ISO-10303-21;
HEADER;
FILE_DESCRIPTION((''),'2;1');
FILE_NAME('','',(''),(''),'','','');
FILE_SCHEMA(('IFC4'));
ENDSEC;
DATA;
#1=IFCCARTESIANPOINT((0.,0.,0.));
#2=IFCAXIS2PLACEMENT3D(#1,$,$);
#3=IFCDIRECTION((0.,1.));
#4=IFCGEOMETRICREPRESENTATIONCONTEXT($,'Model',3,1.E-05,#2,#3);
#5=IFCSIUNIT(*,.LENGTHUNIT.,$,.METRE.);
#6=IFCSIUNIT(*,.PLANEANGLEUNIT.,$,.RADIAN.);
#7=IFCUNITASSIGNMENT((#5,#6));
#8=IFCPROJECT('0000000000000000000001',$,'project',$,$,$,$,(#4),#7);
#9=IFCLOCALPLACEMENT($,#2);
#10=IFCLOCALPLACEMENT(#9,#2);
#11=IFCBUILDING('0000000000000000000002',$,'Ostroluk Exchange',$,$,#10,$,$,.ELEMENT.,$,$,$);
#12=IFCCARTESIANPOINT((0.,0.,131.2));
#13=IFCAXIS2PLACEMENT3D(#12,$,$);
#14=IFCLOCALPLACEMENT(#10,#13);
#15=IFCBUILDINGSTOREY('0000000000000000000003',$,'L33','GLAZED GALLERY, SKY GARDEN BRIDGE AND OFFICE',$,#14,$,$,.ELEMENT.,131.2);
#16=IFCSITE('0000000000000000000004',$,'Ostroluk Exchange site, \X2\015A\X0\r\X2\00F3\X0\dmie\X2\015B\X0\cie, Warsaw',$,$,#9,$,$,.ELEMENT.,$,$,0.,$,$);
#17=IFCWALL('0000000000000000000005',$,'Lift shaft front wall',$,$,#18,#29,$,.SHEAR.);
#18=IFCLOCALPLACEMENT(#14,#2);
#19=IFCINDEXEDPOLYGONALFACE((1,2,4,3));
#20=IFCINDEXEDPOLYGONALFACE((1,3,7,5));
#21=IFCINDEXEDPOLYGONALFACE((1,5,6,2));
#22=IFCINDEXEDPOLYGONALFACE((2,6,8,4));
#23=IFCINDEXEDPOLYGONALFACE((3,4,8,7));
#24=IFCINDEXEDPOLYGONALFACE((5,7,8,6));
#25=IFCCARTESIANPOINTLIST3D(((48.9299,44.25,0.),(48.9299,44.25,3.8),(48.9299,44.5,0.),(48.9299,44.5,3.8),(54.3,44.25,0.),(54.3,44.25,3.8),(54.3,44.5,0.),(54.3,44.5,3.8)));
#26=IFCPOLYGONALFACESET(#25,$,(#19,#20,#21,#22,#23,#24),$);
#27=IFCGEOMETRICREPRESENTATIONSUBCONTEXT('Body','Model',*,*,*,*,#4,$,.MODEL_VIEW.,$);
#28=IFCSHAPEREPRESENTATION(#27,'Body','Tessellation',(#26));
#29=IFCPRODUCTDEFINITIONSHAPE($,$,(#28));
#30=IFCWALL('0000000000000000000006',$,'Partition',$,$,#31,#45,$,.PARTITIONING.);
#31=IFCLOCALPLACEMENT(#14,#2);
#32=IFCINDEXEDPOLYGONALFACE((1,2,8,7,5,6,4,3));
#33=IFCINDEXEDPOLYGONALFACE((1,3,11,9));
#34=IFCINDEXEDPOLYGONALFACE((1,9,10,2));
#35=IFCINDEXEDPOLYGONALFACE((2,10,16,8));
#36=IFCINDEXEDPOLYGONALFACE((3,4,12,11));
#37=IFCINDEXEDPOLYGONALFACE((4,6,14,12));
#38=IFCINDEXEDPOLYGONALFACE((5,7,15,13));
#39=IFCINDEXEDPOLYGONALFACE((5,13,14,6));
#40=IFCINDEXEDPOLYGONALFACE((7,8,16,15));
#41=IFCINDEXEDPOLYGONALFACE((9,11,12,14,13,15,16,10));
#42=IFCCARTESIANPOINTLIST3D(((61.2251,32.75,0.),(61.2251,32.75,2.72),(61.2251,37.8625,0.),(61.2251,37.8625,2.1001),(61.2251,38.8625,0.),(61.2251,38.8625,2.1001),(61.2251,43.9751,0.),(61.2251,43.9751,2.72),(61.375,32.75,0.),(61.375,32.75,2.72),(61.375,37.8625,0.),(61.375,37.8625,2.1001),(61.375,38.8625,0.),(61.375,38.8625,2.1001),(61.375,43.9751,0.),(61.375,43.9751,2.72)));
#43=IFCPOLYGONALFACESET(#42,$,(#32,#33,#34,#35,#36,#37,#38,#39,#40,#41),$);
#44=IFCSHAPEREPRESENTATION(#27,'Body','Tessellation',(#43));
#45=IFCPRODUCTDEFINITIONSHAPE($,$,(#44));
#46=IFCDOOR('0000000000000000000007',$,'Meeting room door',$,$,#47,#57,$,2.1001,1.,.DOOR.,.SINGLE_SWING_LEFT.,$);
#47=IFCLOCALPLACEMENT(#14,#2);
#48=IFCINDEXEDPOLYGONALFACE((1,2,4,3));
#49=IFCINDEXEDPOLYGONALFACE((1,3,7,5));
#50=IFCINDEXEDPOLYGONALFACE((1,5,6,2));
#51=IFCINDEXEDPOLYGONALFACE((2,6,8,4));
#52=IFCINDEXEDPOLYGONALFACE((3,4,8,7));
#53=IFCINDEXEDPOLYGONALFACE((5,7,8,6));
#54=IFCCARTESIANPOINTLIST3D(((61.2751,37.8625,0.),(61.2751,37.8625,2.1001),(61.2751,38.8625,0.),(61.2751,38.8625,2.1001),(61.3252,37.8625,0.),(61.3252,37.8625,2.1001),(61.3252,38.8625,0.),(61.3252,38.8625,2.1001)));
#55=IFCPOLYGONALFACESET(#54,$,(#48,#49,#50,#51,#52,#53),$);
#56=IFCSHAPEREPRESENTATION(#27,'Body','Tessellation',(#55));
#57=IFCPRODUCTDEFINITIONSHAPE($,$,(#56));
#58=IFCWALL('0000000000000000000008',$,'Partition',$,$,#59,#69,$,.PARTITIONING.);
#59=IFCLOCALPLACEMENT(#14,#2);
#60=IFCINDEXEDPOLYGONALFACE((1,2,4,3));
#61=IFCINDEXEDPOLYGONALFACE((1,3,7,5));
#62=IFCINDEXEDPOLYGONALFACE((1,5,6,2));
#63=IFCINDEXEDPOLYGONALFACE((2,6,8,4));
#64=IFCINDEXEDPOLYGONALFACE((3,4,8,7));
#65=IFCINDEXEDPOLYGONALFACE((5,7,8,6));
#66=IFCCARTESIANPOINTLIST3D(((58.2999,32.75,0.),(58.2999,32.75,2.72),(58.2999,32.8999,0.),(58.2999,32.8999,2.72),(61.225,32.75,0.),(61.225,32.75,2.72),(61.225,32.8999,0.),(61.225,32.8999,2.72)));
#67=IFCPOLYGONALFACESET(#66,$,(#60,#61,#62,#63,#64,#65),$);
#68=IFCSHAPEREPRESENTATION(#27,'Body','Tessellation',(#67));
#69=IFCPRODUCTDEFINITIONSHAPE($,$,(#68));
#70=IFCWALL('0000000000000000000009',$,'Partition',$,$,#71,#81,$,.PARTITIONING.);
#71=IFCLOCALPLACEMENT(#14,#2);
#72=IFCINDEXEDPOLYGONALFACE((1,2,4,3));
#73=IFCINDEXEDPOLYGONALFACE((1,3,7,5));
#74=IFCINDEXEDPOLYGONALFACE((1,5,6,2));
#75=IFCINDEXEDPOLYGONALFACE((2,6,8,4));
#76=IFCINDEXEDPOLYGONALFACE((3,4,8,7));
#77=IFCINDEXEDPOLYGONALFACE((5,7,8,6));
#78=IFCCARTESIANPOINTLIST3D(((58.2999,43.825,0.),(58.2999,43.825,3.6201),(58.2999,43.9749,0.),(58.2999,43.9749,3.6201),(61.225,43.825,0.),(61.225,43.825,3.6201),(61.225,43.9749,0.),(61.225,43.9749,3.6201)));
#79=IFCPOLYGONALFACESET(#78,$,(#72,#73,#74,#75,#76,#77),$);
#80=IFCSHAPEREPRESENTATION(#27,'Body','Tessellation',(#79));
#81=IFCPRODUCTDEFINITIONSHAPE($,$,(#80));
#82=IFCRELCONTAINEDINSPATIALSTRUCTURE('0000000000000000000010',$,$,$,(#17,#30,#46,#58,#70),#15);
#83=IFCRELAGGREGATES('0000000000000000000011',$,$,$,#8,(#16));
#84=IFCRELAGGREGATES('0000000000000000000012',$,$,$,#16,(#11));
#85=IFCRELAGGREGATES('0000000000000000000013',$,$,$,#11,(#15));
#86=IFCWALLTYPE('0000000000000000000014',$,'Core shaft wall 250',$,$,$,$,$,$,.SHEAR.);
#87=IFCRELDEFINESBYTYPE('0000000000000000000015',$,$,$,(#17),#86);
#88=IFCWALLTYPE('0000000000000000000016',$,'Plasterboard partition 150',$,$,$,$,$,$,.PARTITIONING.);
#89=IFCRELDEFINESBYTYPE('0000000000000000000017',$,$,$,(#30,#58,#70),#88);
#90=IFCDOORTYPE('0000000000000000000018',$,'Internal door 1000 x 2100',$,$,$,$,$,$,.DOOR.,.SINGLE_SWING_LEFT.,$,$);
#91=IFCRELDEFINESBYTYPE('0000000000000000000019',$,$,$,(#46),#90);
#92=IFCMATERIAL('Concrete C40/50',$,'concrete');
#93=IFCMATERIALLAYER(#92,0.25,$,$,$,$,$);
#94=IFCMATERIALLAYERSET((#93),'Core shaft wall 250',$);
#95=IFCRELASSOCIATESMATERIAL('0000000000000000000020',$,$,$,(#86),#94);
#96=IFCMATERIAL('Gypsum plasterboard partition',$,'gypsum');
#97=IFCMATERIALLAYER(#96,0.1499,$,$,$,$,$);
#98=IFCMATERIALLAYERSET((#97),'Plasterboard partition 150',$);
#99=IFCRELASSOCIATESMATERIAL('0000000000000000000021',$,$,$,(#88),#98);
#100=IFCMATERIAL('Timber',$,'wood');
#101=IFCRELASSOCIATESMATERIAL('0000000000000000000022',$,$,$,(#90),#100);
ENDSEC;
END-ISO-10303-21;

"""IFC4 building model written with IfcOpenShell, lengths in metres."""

from ifc_helpers import new_model, si_unit, direction, frame, frame_2d, origin, place, context, subcontext, project, spatial, rectangle, extrude, material, layer, layer_set, type_object, element, fill, save


model = new_model("IFC4")

# Units and contexts
model_context = context("Model", 3, precision=1e-05, world=origin(), true_north=direction((0.0, 1.0)))
body_context = subcontext(model_context, "Body", "Model", "MODEL_VIEW")
ifc_project = project(units=[si_unit("LENGTHUNIT", "METRE"), si_unit("PLANEANGLEUNIT", "RADIAN")], contexts=[model_context])

# Site, building, storey
site_placement = place(None, origin())
site = spatial("IfcSite", under=ifc_project, at=site_placement, Name="Ostroluk Exchange site, Śródmieście, Warsaw", CompositionType="ELEMENT", RefElevation=0.0)
building_placement = place(site_placement, origin())
building = spatial("IfcBuilding", under=site, at=building_placement, Name="Ostroluk Exchange", CompositionType="ELEMENT")
storey_placement = place(building_placement, frame((0.0, 0.0, 131.2)))
storey = spatial("IfcBuildingStorey", under=building, at=storey_placement, Name="L33", Description="GLAZED GALLERY, SKY GARDEN BRIDGE AND OFFICE", CompositionType="ELEMENT", Elevation=131.2)

# Shared definitions
ifc_material_1 = material(Name="Concrete C40/50", Category="concrete")
ifc_layer_1 = layer(ifc_material_1, 0.25)
ifc_layer_set_1 = layer_set([ifc_layer_1], Name="Core shaft wall 250")
wall_type_1 = type_object("IfcWallType", Name="Core shaft wall 250", PredefinedType="SHEAR", material=ifc_layer_set_1)

# Wall
wall_1_placement = place(storey_placement, frame((48.9299, 44.375, 0.0), z_axis=(0.0, 0.0, 1.0), x_axis=(1.0, 0.0, 0.0)))
element("IfcWall", 1, at=wall_1_placement, inside=storey, type_object=wall_type_1, Name="Lift shaft front wall", PredefinedType="SHEAR", context=body_context, shape_type="SweptSolid", body=[
    extrude(rectangle(XDim=5.3701, YDim=0.25, at=frame_2d((2.6851, 0.0))), origin(), (0.0, 0.0, 1.0), 3.8),
])

# Wall, opening, door
ifc_material_2 = material(Name="Gypsum plasterboard partition", Category="gypsum")
ifc_layer_2 = layer(ifc_material_2, 0.1499)
ifc_layer_set_2 = layer_set([ifc_layer_2], Name="Plasterboard partition 150")
wall_type_2 = type_object("IfcWallType", Name="Plasterboard partition 150", PredefinedType="PARTITIONING", material=ifc_layer_set_2)
wall_2_placement = place(storey_placement, frame((61.3, 32.75, 0.0), z_axis=(0.0, 0.0, 1.0), x_axis=(0.0, 1.0, 0.0)))
wall_2 = element("IfcWall", 2, at=wall_2_placement, inside=storey, type_object=wall_type_2, Name="Partition", PredefinedType="PARTITIONING", context=body_context, shape_type="SweptSolid", body=[
    extrude(rectangle(XDim=11.2251, YDim=0.1499, at=frame_2d((5.6125, 0.0))), origin(), (0.0, 0.0, 1.0), 2.72),
])
opening_1_placement = place(wall_2_placement, frame((5.1125, 0.0, 0.0)))
opening_1 = element("IfcOpeningElement", 3, at=opening_1_placement, cuts=wall_2, PredefinedType="OPENING", context=body_context, shape_type="SweptSolid", body=[
    extrude(rectangle(XDim=1.0, YDim=2.1001, at=frame_2d((0.5, 1.05))), frame((0.0, 0.085, 0.0), z_axis=(0.0, -1.0, 0.0), x_axis=(1.0, 0.0, 0.0)), (0.0, 0.0, 1.0), 0.1699),
])
ifc_material_3 = material(Name="Timber", Category="wood")
door_type_1 = type_object("IfcDoorType", Name="Internal door 1000 x 2100", OperationType="SINGLE_SWING_LEFT", PredefinedType="DOOR", material=ifc_material_3)
door_1_placement = place(opening_1_placement, origin())
door_1 = element("IfcDoor", 4, at=door_1_placement, inside=storey, type_object=door_type_1, Name="Meeting room door", OperationType="SINGLE_SWING_LEFT", OverallHeight=2.1001, OverallWidth=1.0, PredefinedType="DOOR", context=body_context, shape_type="SweptSolid", body=[
    extrude(rectangle(XDim=1.0, YDim=2.1001, at=frame_2d((0.5, 1.05))), frame((0.0, 0.0249, 0.0), z_axis=(0.0, -1.0, 0.0), x_axis=(1.0, 0.0, 0.0)), (0.0, 0.0, 1.0), 0.05),
])
fill(opening_1, door_1)

# Walls
wall_3_placement = place(storey_placement, frame((58.3, 32.825, 0.0), z_axis=(0.0, 0.0, 1.0), x_axis=(1.0, 0.0, 0.0)))
element("IfcWall", 5, at=wall_3_placement, inside=storey, type_object=wall_type_2, Name="Partition", PredefinedType="PARTITIONING", context=body_context, shape_type="SweptSolid", body=[
    extrude(rectangle(XDim=2.925, YDim=0.1499, at=frame_2d((1.4624, 0.0))), origin(), (0.0, 0.0, 1.0), 2.72),
])
wall_4_placement = place(storey_placement, frame((58.3, 43.8999, 0.0), z_axis=(0.0, 0.0, 1.0), x_axis=(1.0, 0.0, 0.0)))
element("IfcWall", 6, at=wall_4_placement, inside=storey, type_object=wall_type_2, Name="Partition", PredefinedType="PARTITIONING", context=body_context, shape_type="SweptSolid", body=[
    extrude(rectangle(XDim=2.925, YDim=0.1499, at=frame_2d((1.4624, 0.0))), origin(), (0.0, 0.0, 1.0), 3.6201),
])

save(model, "model.ifc")
